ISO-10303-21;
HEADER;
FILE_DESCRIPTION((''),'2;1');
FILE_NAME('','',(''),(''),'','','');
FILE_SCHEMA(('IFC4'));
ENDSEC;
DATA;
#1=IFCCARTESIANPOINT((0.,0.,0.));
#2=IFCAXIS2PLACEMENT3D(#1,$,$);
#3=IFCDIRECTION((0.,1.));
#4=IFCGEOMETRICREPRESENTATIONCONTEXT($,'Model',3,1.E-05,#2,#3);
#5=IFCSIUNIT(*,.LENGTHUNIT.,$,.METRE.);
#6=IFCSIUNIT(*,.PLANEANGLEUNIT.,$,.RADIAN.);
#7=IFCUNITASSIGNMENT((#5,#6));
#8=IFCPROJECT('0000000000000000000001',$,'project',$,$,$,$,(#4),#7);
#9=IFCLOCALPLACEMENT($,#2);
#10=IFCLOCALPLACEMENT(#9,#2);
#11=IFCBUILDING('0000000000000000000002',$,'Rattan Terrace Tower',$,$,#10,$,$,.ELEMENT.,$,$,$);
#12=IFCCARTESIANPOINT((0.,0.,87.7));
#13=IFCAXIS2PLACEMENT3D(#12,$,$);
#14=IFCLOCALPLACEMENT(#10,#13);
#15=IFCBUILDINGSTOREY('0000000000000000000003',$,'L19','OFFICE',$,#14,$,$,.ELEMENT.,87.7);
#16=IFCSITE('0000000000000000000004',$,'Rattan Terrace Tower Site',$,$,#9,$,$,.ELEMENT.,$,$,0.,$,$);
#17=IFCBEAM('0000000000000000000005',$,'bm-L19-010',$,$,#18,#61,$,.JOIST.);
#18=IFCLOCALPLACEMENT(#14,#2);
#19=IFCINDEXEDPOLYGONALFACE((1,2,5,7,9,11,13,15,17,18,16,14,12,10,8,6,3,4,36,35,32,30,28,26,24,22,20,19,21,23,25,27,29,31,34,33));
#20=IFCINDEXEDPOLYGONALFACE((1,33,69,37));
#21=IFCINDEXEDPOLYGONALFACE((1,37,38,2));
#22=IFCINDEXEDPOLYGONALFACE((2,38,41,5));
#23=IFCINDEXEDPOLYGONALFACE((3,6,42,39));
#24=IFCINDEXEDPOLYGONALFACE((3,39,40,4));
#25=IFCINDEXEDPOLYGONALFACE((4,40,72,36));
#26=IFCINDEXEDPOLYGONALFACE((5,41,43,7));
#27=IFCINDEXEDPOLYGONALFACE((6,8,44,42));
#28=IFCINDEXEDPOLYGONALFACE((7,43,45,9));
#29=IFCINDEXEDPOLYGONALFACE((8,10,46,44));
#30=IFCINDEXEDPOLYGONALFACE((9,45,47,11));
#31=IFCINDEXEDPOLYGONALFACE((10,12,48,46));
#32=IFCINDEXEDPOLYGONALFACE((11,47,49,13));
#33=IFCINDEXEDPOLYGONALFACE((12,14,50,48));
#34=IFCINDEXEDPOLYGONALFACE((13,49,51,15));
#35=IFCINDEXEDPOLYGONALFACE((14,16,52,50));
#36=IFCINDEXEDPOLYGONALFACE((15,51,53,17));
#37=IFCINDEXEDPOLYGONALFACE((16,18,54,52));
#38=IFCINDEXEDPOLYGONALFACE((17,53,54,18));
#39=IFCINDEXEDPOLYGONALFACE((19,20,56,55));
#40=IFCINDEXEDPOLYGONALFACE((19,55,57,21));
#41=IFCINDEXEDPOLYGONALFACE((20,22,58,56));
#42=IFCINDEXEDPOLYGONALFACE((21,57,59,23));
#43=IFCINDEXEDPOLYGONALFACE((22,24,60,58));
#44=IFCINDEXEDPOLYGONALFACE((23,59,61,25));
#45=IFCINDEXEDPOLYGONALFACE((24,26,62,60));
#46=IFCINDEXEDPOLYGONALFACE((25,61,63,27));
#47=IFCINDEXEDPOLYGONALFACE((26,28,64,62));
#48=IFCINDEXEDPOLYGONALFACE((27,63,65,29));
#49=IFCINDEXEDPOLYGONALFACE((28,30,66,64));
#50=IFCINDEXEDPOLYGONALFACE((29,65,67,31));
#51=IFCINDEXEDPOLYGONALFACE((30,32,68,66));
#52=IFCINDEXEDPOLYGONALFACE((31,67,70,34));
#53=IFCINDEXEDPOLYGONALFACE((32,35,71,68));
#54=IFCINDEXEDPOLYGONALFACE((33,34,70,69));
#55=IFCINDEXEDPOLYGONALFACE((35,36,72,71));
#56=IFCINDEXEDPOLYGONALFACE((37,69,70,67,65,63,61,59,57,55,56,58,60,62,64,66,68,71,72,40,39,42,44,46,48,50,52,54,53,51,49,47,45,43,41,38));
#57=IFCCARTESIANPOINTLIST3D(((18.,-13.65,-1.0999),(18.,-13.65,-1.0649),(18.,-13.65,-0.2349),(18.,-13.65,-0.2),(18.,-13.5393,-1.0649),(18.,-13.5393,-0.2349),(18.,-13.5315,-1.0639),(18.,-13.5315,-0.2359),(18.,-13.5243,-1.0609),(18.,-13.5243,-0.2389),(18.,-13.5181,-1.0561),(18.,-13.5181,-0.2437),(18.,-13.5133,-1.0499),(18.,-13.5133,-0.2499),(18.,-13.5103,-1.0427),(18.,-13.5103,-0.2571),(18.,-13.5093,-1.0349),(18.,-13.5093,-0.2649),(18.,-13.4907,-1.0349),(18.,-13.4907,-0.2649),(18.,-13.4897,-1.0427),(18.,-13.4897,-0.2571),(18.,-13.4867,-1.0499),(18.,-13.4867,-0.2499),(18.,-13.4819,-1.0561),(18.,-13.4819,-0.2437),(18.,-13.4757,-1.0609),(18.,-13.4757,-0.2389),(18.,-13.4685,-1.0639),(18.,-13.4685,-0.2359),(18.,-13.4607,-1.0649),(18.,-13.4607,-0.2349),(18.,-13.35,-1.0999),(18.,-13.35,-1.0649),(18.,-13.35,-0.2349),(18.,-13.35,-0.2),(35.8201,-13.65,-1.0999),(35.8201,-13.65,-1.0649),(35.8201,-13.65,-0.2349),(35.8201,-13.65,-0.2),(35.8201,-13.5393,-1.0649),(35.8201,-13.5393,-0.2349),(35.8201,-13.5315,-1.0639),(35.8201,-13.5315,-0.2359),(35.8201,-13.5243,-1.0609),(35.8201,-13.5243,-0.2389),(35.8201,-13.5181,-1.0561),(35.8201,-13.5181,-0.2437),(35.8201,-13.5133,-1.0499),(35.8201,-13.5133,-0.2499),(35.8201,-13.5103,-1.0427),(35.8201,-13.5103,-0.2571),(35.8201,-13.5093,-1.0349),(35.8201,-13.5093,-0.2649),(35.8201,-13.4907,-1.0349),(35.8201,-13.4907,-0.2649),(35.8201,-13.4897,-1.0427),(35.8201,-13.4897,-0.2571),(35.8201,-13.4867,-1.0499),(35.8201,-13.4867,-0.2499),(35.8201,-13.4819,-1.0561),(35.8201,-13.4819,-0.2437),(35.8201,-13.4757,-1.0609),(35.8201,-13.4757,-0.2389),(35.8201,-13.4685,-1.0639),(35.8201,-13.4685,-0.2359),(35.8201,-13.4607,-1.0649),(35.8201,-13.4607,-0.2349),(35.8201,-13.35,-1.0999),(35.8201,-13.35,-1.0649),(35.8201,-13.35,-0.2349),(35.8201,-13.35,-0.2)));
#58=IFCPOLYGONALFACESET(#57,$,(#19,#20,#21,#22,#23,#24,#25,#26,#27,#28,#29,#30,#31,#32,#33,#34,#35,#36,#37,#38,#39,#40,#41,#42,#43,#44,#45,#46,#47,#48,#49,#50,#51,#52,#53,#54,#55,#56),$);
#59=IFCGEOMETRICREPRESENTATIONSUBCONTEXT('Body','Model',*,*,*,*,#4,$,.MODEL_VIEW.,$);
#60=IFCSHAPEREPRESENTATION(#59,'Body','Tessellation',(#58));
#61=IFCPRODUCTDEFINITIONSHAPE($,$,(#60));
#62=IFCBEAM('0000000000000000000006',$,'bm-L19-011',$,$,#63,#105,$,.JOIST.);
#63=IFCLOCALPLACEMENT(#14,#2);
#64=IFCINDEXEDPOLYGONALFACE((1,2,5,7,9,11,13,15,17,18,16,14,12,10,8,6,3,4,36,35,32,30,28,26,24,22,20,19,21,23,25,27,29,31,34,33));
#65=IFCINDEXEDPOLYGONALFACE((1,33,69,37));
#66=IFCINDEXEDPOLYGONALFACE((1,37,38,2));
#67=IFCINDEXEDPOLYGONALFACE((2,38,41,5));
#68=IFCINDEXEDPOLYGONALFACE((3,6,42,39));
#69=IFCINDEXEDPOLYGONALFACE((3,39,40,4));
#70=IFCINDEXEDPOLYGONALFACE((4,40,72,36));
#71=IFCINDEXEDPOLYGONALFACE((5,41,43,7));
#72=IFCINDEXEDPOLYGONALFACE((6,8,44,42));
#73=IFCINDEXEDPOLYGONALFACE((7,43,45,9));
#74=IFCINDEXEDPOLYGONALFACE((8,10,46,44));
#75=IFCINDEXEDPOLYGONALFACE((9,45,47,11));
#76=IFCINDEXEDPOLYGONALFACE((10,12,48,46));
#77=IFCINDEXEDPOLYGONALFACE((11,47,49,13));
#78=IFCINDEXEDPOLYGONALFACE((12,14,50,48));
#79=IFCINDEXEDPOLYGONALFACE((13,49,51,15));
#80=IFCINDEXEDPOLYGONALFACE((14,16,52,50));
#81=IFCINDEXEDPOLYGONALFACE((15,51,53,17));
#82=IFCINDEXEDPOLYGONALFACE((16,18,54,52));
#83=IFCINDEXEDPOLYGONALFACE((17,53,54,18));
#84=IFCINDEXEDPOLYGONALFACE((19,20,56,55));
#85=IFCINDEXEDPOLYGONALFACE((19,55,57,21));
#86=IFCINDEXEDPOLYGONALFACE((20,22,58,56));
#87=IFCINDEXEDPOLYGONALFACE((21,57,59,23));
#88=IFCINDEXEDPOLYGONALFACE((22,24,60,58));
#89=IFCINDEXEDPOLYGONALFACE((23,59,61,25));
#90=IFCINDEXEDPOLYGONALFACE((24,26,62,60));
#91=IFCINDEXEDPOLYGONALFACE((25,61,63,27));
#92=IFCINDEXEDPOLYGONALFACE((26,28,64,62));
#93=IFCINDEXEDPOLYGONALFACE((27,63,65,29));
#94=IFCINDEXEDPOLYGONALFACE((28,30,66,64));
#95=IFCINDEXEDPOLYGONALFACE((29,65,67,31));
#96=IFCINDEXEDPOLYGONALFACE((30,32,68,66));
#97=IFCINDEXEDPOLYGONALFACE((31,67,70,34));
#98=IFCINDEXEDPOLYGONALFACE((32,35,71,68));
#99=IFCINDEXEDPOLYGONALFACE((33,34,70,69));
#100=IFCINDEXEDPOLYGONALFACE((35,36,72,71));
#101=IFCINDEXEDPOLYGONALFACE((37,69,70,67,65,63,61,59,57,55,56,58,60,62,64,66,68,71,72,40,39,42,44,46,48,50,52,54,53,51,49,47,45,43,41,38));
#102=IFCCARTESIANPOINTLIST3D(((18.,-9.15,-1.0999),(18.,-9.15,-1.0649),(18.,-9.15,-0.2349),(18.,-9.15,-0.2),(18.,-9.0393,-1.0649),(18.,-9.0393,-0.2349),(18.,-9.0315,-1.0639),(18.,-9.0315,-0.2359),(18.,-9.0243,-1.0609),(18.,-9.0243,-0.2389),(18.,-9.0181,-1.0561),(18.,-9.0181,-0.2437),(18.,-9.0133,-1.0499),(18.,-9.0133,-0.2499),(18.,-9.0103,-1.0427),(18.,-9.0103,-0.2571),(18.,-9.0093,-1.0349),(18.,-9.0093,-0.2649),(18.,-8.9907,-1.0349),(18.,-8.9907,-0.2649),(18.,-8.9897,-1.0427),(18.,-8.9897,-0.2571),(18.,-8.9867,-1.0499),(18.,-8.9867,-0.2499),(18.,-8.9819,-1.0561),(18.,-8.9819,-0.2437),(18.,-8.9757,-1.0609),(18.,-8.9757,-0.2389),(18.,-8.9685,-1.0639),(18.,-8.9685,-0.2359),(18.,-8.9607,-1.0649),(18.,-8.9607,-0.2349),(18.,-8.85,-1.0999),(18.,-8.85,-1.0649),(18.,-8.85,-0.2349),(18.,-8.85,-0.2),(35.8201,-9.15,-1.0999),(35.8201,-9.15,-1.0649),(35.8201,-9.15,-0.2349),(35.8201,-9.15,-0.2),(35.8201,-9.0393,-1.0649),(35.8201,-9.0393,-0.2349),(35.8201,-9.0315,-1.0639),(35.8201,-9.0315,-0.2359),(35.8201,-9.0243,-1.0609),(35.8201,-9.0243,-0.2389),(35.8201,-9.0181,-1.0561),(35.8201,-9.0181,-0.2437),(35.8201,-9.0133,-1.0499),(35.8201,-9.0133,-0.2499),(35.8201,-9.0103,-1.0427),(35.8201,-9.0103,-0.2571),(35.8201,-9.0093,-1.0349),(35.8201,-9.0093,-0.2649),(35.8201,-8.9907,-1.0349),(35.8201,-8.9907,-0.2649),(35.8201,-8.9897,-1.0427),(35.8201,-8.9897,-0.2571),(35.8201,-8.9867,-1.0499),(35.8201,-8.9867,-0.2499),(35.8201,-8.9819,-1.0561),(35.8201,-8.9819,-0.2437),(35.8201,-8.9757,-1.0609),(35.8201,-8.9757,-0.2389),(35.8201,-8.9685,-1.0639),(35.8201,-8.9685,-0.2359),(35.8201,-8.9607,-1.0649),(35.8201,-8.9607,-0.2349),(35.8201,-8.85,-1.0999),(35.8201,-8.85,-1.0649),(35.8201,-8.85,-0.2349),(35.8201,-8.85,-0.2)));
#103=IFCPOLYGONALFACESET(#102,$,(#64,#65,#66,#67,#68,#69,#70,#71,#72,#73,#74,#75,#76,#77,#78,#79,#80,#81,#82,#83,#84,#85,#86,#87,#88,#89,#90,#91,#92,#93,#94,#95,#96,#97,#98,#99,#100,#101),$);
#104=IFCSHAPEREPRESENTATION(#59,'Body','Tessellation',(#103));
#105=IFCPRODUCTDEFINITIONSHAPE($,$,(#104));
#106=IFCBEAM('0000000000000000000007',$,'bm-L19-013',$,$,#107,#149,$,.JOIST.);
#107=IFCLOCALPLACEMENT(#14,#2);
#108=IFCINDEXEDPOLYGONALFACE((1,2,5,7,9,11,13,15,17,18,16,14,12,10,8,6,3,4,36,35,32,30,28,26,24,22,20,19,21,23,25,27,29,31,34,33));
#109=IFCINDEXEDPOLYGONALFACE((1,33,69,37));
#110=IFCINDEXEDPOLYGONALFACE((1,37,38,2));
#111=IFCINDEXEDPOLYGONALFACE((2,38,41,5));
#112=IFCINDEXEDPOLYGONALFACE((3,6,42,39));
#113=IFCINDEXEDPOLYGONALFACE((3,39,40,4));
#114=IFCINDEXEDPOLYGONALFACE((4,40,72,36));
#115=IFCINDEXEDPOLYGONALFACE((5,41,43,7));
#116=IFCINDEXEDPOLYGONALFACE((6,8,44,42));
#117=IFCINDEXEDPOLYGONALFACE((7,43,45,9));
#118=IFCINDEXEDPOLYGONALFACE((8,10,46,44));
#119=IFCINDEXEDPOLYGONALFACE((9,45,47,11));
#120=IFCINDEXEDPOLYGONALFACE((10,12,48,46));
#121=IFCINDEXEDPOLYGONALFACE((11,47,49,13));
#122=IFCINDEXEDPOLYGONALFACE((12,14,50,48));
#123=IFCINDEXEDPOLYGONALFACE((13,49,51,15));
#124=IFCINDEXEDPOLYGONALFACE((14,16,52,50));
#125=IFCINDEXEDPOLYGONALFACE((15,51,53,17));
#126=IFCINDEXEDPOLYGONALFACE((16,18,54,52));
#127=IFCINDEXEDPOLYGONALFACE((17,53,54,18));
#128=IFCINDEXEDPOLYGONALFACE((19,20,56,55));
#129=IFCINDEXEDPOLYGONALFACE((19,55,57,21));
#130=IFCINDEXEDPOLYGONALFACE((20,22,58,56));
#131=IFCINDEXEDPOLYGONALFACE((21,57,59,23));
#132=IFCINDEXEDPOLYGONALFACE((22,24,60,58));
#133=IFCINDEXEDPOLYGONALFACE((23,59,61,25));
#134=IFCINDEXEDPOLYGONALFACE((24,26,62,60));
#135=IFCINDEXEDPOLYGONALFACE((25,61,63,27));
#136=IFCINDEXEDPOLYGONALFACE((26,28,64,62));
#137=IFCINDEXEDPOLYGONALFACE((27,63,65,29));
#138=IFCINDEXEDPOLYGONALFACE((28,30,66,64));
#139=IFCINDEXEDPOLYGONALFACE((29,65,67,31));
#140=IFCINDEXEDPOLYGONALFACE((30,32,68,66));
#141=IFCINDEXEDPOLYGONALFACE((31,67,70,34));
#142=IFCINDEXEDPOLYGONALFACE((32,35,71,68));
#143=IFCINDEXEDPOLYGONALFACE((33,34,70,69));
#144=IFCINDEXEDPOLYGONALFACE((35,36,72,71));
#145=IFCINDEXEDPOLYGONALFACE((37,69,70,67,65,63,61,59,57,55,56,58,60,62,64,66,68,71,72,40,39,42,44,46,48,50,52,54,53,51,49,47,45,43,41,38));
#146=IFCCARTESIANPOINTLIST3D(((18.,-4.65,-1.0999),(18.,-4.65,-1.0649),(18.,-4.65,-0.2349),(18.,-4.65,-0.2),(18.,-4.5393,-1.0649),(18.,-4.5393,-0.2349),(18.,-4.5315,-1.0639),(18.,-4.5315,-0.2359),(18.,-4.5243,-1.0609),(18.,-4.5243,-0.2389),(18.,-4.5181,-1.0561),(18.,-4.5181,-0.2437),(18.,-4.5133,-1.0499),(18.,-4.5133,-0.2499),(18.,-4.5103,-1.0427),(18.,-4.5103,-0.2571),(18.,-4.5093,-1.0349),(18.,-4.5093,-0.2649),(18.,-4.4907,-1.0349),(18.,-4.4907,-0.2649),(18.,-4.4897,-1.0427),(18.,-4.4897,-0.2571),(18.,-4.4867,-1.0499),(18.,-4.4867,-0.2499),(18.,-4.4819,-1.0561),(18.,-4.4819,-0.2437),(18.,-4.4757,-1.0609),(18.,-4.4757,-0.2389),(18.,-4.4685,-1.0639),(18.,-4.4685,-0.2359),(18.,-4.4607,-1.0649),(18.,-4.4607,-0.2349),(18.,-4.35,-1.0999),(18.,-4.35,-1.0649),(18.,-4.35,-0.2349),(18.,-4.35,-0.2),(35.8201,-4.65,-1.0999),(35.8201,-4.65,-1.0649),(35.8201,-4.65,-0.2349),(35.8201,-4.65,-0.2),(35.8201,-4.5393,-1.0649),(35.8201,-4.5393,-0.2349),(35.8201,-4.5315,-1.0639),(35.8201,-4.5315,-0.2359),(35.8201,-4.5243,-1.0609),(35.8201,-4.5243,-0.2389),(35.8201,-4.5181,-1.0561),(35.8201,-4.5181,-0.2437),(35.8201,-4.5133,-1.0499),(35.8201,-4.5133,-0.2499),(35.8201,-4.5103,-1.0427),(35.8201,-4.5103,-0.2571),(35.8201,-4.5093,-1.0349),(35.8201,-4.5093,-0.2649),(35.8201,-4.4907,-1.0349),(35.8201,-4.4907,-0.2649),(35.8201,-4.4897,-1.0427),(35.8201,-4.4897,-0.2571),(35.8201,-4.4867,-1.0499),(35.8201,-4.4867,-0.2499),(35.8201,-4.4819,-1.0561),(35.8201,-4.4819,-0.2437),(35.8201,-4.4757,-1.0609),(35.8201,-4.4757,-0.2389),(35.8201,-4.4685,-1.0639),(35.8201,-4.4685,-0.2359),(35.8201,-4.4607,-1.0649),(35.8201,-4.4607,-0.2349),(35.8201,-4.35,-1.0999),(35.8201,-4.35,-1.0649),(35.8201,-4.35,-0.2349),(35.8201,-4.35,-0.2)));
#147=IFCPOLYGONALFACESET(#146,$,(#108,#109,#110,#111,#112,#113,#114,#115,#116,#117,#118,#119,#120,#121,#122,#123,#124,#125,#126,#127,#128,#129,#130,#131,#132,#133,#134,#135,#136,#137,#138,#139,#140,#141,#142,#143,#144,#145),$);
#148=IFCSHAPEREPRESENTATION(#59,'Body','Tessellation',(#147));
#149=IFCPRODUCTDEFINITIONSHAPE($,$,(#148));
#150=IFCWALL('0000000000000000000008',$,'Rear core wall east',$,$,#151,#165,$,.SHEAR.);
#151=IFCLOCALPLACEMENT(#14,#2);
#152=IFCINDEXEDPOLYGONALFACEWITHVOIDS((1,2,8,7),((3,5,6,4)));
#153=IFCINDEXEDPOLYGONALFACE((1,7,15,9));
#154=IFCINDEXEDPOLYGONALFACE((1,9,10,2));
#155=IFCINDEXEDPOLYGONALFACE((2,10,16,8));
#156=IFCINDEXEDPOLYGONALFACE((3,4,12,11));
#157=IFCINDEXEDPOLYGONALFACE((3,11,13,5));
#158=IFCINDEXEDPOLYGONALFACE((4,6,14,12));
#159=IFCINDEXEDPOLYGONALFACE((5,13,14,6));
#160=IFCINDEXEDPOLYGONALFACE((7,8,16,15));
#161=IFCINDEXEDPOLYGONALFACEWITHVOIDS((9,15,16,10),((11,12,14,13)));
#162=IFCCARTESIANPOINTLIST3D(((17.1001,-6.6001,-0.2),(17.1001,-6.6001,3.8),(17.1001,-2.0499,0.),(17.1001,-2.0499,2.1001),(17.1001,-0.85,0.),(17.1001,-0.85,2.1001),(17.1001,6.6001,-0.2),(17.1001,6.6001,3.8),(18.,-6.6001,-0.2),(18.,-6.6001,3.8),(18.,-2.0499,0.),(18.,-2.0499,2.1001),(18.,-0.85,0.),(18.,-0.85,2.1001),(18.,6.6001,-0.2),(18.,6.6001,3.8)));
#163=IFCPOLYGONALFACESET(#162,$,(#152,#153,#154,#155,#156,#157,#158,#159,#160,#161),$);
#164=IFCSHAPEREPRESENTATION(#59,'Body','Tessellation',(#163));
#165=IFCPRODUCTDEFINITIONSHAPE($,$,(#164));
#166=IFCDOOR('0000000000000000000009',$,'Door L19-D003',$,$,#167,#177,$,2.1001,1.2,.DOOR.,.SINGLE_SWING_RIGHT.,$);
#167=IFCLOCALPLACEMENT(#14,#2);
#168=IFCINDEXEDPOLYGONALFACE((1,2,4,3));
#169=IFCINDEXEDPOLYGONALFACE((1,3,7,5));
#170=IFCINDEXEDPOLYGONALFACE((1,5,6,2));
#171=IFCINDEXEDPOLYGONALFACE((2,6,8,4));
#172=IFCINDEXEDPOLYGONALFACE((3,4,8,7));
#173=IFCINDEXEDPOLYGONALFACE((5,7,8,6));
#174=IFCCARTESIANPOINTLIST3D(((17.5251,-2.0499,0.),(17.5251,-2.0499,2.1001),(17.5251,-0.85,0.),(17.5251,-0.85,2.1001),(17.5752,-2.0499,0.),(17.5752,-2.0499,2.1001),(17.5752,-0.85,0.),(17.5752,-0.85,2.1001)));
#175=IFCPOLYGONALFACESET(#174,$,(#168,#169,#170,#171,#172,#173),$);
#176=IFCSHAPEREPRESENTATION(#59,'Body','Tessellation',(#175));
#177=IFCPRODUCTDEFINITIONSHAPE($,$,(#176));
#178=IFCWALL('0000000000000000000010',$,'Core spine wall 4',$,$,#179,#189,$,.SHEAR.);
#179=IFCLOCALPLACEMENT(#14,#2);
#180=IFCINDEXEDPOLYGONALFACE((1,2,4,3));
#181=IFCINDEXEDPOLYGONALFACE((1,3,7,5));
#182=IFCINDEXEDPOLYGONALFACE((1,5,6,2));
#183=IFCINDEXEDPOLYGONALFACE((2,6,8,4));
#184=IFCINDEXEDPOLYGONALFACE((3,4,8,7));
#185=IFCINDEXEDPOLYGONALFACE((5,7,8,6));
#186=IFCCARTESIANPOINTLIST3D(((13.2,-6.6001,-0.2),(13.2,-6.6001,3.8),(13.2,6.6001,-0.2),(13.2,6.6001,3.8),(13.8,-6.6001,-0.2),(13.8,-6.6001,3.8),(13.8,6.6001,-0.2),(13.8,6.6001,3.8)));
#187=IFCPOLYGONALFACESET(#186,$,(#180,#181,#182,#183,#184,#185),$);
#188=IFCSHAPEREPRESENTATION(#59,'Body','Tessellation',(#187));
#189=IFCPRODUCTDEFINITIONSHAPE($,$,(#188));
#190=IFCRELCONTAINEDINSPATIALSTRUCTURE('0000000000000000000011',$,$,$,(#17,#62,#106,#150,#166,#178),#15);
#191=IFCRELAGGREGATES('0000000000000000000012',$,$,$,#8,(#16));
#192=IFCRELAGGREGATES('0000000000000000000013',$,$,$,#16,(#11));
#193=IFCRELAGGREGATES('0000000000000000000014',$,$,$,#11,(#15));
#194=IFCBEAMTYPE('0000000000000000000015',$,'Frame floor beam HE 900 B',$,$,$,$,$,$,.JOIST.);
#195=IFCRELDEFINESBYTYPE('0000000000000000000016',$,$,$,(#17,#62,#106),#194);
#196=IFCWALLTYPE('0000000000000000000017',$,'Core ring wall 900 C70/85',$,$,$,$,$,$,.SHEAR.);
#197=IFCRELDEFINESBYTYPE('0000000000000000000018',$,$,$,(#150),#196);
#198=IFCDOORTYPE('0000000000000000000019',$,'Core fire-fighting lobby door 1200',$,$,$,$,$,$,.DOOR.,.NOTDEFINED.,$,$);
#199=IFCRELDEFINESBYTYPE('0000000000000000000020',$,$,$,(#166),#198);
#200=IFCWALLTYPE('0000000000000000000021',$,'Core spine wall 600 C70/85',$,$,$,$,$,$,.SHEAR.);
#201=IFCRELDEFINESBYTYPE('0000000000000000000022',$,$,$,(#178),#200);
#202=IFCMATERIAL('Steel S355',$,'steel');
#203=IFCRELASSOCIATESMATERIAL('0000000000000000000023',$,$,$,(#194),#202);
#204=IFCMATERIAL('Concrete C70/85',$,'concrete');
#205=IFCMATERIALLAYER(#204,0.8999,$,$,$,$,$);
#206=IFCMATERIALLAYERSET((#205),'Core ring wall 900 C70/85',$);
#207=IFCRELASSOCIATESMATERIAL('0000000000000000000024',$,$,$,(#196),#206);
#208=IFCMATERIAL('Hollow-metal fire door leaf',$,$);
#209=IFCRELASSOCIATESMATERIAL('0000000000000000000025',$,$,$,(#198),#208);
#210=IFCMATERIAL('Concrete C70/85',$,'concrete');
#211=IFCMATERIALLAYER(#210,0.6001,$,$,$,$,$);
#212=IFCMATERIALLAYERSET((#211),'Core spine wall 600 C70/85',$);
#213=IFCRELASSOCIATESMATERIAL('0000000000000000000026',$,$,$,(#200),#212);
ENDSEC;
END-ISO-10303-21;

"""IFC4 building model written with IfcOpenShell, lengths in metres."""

from ifc_helpers import new_model, si_unit, direction, frame, frame_2d, origin, origin_2d, place, context, subcontext, project, spatial, rectangle, i_section, extrude, material, layer, layer_set, material_profile, profile_set, type_object, element, fill, save


model = new_model("IFC4")

# Units and contexts
model_context = context("Model", 3, precision=1e-05, world=origin(), true_north=direction((0.0, 1.0)))
body_context = subcontext(model_context, "Body", "Model", "MODEL_VIEW")
ifc_project = project(units=[si_unit("LENGTHUNIT", "METRE"), si_unit("PLANEANGLEUNIT", "RADIAN")], contexts=[model_context])

# Site, building, storey
site_placement = place(None, origin())
site = spatial("IfcSite", under=ifc_project, at=site_placement, Name="Rattan Terrace Tower Site", CompositionType="ELEMENT", RefElevation=0.0)
building_placement = place(site_placement, origin())
building = spatial("IfcBuilding", under=site, at=building_placement, Name="Rattan Terrace Tower", CompositionType="ELEMENT")
storey_placement = place(building_placement, frame((0.0, 0.0, 87.7)))
storey = spatial("IfcBuildingStorey", under=building, at=storey_placement, Name="L19", Description="OFFICE", CompositionType="ELEMENT", Elevation=87.7)

# Beams
ifc_material_1 = material(Name="Steel S355", Category="steel")
ifc_material_profile = material_profile(ifc_material_1, i_section(OverallWidth=0.3, OverallDepth=0.8999, WebThickness=0.0186, FlangeThickness=0.0349, FilletRadius=0.03, at=origin_2d()), Name="HE 900 B")
ifc_profile_set = profile_set([ifc_material_profile], Name="Steel S355")
beam_type = type_object("IfcBeamType", Name="Frame floor beam HE 900 B", PredefinedType="JOIST", material=ifc_profile_set)
for number, where, z_axis, x_axis, name in (
    (1, (18.0, -13.5, -0.6499), (1.0, 0.0, 0.0), (0.0, 1.0, 0.0), "bm-L19-010"),
    (2, (18.0, -9.0, -0.6499), (1.0, 0.0, 0.0), (0.0, 1.0, 0.0), "bm-L19-011"),
    (3, (18.0, -4.5, -0.6499), (1.0, 0.0, 0.0), (0.0, 1.0, 0.0), "bm-L19-013"),
):
    element("IfcBeam", number, at=place(storey_placement, frame(where, z_axis=z_axis, x_axis=x_axis)), inside=storey, type_object=beam_type, Name=name, PredefinedType="JOIST", context=body_context, shape_type="SweptSolid", body=[
        extrude(i_section(OverallWidth=0.3, OverallDepth=0.8999, WebThickness=0.0186, FlangeThickness=0.0349, FilletRadius=0.03, at=origin_2d()), origin(), (0.0, 0.0, 1.0), 17.8201),
    ])

# Wall, opening, door
ifc_material_2 = material(Name="Concrete C70/85", Category="concrete")
ifc_layer_1 = layer(ifc_material_2, 0.8999)
ifc_layer_set_1 = layer_set([ifc_layer_1], Name="Core ring wall 900 C70/85")
wall_type_1 = type_object("IfcWallType", Name="Core ring wall 900 C70/85", PredefinedType="SHEAR", material=ifc_layer_set_1)
wall_1_placement = place(storey_placement, frame((17.55, -6.6001, -0.2), z_axis=(0.0, 0.0, 1.0), x_axis=(0.0, 1.0, 0.0)))
wall_1 = element("IfcWall", 4, at=wall_1_placement, inside=storey, type_object=wall_type_1, Name="Rear core wall east", PredefinedType="SHEAR", context=body_context, shape_type="SweptSolid", body=[
    extrude(rectangle(XDim=13.2002, YDim=0.8999, at=frame_2d((6.6001, 0.0))), origin(), (0.0, 0.0, 1.0), 4.0),
])
opening_1_placement = place(wall_1_placement, frame((4.55, 0.0, 0.2)))
opening_1 = element("IfcOpeningElement", 5, at=opening_1_placement, cuts=wall_1, PredefinedType="OPENING", context=body_context, shape_type="SweptSolid", body=[
    extrude(rectangle(XDim=1.2, YDim=2.1001, at=frame_2d((0.6001, 1.05))), frame((0.0, 0.4604, 0.0), z_axis=(0.0, -1.0, 0.0), x_axis=(1.0, 0.0, 0.0)), (0.0, 0.0, 1.0), 0.9209),
])
ifc_material_3 = material(Name="Hollow-metal fire door leaf")
door_type_1 = type_object("IfcDoorType", Name="Core fire-fighting lobby door 1200", OperationType="NOTDEFINED", PredefinedType="DOOR", material=ifc_material_3)
door_1_placement = place(opening_1_placement, origin())
door_1 = element("IfcDoor", 6, at=door_1_placement, inside=storey, type_object=door_type_1, Name="Door L19-D003", OperationType="SINGLE_SWING_RIGHT", OverallHeight=2.1001, OverallWidth=1.2, PredefinedType="DOOR", context=body_context, shape_type="SweptSolid", body=[
    extrude(rectangle(XDim=1.2, YDim=2.1001, at=frame_2d((0.6001, 1.05))), frame((0.0, 0.0249, 0.0), z_axis=(0.0, -1.0, 0.0), x_axis=(1.0, 0.0, 0.0)), (0.0, 0.0, 1.0), 0.05),
])
fill(opening_1, door_1)

# Wall
ifc_material_4 = material(Name="Concrete C70/85", Category="concrete")
ifc_layer_2 = layer(ifc_material_4, 0.6001)
ifc_layer_set_2 = layer_set([ifc_layer_2], Name="Core spine wall 600 C70/85")
wall_type_2 = type_object("IfcWallType", Name="Core spine wall 600 C70/85", PredefinedType="SHEAR", material=ifc_layer_set_2)
wall_2_placement = place(storey_placement, frame((13.5, -6.6001, -0.2), z_axis=(0.0, 0.0, 1.0), x_axis=(0.0, 1.0, 0.0)))
element("IfcWall", 7, at=wall_2_placement, inside=storey, type_object=wall_type_2, Name="Core spine wall 4", PredefinedType="SHEAR", context=body_context, shape_type="SweptSolid", body=[
    extrude(rectangle(XDim=13.2002, YDim=0.6001, at=frame_2d((6.6001, 0.0))), origin(), (0.0, 0.0, 1.0), 4.0),
])

save(model, "model.ifc")
